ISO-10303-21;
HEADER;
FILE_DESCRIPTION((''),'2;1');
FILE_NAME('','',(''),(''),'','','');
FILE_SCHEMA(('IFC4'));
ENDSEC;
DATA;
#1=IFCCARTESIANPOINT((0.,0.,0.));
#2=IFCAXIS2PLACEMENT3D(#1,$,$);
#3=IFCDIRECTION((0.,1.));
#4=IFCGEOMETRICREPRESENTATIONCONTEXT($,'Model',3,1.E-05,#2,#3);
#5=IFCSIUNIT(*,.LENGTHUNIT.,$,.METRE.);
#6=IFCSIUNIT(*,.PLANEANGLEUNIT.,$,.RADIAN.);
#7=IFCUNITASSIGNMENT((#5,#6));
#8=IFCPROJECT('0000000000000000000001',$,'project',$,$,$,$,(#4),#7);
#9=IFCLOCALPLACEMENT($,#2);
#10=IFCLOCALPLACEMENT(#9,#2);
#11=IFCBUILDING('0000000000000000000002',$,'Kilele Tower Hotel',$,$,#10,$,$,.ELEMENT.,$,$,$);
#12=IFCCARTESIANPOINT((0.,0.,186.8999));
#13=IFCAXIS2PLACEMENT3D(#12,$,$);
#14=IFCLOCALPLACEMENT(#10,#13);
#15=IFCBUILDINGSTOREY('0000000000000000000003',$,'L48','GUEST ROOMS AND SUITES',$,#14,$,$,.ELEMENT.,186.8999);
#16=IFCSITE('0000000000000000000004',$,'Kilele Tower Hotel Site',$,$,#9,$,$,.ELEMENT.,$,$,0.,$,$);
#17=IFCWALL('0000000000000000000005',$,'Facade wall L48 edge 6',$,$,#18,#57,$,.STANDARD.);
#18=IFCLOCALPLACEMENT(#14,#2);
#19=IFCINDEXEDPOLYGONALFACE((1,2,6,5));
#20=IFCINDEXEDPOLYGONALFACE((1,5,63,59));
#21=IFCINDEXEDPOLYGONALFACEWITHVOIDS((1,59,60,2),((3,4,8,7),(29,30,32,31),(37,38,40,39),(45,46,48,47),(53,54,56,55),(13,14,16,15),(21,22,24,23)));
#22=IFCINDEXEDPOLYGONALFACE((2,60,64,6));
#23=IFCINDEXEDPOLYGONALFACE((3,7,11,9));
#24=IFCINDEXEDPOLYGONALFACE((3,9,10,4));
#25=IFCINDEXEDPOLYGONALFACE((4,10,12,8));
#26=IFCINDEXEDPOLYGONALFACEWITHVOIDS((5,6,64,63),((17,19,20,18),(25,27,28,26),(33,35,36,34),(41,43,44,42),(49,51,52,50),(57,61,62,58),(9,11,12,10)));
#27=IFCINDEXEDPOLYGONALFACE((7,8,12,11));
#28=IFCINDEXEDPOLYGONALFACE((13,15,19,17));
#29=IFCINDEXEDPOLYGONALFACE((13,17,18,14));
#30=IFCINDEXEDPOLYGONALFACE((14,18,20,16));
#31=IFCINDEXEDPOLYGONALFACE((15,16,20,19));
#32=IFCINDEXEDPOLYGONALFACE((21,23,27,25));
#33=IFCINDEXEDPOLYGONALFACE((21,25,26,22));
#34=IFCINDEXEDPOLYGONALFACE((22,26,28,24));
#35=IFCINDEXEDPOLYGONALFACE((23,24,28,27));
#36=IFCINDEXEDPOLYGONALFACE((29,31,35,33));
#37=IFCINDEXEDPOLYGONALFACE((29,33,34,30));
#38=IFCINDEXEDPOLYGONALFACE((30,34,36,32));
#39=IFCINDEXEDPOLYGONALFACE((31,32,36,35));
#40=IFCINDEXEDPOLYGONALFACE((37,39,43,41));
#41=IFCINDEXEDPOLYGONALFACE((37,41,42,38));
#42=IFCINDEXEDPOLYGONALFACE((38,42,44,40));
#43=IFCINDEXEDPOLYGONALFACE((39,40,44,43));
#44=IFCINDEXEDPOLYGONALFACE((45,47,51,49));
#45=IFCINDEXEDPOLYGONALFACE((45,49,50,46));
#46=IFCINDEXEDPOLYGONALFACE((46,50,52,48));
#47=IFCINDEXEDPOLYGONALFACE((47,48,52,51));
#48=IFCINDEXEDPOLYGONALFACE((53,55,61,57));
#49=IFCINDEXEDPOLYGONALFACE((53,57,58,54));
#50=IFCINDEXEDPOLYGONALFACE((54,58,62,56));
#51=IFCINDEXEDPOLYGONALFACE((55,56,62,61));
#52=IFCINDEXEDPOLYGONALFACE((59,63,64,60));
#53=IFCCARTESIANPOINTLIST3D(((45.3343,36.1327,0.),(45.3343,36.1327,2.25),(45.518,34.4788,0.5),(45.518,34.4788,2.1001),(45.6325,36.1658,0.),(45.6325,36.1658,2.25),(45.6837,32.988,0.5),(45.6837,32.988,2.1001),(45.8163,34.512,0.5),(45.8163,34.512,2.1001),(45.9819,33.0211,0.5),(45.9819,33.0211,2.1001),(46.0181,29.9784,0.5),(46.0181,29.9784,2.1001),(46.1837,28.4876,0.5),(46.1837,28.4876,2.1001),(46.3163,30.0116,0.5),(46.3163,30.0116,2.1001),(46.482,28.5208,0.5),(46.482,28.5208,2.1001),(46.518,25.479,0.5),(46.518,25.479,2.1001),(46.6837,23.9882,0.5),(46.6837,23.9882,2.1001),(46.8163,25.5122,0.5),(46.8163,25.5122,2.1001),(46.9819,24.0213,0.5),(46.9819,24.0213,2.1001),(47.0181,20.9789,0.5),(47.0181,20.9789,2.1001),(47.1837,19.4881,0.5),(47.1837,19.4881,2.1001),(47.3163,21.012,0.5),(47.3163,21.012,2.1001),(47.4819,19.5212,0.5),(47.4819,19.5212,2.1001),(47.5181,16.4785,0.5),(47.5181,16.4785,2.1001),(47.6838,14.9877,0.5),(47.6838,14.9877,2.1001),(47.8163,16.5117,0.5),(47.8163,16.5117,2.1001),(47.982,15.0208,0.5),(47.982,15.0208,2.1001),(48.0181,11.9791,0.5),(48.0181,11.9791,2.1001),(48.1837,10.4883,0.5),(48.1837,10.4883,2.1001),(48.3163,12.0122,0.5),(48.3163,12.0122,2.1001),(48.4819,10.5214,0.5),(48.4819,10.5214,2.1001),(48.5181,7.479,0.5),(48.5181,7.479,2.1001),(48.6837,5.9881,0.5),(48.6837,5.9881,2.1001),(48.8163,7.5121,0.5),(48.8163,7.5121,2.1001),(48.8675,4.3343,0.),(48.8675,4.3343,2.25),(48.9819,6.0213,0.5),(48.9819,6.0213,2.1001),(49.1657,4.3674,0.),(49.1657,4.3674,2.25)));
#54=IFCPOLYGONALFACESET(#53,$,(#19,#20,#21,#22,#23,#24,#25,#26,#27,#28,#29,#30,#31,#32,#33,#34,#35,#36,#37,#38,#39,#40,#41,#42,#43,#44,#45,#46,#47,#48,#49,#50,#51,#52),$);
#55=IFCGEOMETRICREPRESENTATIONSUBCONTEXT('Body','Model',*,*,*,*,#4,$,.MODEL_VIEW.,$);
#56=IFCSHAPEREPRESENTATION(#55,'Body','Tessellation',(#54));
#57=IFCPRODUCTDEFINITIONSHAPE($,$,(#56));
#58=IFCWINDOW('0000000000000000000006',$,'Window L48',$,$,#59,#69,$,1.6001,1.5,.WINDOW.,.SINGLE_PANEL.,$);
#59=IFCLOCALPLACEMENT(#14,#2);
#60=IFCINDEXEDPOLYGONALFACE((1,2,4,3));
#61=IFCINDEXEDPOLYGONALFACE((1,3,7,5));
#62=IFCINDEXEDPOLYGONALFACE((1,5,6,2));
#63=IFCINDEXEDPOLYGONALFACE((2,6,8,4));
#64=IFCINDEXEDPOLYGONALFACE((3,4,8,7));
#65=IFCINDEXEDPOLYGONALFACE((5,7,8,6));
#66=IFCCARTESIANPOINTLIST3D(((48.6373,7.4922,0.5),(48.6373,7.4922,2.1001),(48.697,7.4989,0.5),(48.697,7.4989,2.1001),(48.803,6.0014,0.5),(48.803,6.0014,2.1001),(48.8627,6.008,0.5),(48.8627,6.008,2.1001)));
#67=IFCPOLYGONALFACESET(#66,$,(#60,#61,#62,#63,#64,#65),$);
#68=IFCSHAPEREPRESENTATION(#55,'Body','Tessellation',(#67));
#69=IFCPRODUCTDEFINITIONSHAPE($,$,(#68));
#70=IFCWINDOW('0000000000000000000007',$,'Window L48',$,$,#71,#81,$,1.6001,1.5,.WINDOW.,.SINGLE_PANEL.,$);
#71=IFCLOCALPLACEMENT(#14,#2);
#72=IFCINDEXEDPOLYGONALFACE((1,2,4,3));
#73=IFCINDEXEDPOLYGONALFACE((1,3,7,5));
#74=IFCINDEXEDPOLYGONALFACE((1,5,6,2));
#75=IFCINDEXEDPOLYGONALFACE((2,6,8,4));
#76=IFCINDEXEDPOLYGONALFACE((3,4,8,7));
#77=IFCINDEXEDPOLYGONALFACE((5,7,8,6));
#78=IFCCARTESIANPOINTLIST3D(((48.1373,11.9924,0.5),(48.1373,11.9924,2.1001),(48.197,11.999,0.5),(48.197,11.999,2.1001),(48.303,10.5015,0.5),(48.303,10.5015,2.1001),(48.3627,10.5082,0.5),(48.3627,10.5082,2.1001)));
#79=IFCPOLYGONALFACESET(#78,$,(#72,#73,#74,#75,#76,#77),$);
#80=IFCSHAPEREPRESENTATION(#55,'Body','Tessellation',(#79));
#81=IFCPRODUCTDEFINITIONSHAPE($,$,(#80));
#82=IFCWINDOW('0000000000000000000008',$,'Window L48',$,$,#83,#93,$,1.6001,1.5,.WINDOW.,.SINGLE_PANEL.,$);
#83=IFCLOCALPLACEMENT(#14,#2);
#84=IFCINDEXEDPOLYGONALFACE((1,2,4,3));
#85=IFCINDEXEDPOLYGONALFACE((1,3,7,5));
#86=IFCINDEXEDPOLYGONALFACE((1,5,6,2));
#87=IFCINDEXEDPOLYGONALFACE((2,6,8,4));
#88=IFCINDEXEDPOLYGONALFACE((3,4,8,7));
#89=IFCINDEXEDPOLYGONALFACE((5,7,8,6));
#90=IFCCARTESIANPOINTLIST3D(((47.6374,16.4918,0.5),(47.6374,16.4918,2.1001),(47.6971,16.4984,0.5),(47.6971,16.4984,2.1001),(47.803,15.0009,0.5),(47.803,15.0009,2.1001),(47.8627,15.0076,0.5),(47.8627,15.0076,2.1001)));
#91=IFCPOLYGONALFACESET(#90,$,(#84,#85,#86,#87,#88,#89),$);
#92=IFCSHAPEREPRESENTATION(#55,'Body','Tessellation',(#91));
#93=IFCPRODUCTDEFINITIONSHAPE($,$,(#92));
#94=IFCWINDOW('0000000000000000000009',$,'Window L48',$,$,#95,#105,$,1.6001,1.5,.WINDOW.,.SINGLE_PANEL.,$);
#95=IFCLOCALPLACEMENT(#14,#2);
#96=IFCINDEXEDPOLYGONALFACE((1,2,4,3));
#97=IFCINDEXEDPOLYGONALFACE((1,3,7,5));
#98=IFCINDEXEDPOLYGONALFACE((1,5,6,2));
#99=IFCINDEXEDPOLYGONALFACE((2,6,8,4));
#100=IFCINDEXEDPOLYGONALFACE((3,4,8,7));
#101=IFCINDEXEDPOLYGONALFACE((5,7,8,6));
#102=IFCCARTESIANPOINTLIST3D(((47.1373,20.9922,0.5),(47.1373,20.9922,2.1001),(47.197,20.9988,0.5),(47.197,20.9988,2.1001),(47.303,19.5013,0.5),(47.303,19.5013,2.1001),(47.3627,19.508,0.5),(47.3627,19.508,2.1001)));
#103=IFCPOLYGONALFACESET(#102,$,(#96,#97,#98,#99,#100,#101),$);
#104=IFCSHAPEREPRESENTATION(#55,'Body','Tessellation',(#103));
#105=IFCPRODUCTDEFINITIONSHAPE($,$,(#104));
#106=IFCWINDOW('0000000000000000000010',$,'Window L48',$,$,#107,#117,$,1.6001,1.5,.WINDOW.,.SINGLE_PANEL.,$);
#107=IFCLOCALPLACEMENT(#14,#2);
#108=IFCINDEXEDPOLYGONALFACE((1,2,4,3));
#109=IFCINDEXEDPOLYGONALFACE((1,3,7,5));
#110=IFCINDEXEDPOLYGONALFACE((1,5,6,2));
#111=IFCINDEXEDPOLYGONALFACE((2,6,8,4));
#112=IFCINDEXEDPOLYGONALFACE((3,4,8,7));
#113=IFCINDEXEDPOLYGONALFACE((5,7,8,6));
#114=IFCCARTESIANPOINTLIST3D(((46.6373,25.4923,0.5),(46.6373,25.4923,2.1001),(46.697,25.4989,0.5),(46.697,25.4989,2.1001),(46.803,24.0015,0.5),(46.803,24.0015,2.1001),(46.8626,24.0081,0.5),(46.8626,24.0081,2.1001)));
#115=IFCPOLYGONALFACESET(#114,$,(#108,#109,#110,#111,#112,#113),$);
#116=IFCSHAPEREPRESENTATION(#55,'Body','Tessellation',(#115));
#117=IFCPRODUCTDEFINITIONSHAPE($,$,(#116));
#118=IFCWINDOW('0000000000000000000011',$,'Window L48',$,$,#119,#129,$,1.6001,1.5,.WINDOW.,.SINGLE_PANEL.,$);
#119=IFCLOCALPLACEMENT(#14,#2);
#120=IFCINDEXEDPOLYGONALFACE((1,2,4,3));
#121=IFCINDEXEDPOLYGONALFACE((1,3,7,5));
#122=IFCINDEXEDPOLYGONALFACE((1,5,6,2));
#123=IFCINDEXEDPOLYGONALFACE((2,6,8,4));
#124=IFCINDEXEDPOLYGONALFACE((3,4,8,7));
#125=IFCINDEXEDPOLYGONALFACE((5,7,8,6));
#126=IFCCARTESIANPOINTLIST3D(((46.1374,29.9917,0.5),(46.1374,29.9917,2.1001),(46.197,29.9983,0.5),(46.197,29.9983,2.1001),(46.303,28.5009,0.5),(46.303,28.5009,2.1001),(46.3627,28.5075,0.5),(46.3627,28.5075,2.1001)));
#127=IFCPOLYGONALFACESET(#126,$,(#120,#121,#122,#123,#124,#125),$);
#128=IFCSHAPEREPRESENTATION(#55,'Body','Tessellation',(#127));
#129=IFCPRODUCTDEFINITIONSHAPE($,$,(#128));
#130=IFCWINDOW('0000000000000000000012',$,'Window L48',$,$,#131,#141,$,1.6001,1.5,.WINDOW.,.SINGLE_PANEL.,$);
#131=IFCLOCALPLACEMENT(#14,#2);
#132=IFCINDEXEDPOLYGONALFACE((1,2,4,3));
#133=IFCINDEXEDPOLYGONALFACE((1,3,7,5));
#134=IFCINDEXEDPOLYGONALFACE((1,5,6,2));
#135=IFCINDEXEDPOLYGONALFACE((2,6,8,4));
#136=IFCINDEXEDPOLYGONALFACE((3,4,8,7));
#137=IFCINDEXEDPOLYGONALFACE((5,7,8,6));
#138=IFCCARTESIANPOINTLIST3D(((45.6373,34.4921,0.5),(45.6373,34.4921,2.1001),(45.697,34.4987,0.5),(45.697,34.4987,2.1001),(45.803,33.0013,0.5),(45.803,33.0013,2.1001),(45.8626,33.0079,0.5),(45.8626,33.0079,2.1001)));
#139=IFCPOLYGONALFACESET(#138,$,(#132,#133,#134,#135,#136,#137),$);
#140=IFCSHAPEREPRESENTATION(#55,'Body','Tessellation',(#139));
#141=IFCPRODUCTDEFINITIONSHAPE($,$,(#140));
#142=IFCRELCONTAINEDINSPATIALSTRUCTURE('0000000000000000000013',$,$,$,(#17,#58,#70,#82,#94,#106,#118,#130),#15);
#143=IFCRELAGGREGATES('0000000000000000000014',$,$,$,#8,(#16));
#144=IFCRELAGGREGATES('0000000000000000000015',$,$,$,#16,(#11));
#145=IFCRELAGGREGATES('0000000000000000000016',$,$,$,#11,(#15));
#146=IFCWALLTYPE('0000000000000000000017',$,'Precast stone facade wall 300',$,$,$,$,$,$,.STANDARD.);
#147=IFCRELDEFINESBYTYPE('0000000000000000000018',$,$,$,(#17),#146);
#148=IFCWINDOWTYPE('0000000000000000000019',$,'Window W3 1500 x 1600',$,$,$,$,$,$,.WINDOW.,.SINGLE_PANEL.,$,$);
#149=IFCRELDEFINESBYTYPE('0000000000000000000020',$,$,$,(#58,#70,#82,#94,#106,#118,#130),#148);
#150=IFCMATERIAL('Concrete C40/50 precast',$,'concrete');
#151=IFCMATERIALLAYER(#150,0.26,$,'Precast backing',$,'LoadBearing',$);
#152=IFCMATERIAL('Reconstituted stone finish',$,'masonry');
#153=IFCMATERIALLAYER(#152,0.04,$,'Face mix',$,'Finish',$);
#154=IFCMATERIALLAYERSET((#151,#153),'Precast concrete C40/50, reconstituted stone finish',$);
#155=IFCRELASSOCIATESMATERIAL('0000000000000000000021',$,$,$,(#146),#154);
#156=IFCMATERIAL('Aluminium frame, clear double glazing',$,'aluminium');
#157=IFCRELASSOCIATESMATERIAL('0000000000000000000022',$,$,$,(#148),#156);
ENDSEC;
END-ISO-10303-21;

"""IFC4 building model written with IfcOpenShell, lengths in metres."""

from ifc_helpers import new_model, si_unit, direction, frame, frame_2d, origin, place, context, subcontext, project, spatial, rectangle, extrude, material, layer, layer_set, type_object, element, fill, save


model = new_model("IFC4")

# Units and contexts
model_context = context("Model", 3, precision=1e-05, world=origin(), true_north=direction((0.0, 1.0)))
body_context = subcontext(model_context, "Body", "Model", "MODEL_VIEW")
ifc_project = project(units=[si_unit("LENGTHUNIT", "METRE"), si_unit("PLANEANGLEUNIT", "RADIAN")], contexts=[model_context])

# Site, building, storey
site_placement = place(None, origin())
site = spatial("IfcSite", under=ifc_project, at=site_placement, Name="Kilele Tower Hotel Site", CompositionType="ELEMENT", RefElevation=0.0)
building_placement = place(site_placement, origin())
building = spatial("IfcBuilding", under=site, at=building_placement, Name="Kilele Tower Hotel", CompositionType="ELEMENT")
storey_placement = place(building_placement, frame((0.0, 0.0, 186.8999)))
storey = spatial("IfcBuildingStorey", under=building, at=storey_placement, Name="L48", Description="GUEST ROOMS AND SUITES", CompositionType="ELEMENT", Elevation=186.8999)

# Shared definitions
ifc_material_1 = material(Name="Concrete C40/50 precast", Category="concrete")
ifc_layer_1 = layer(ifc_material_1, 0.26, Name="Precast backing", Category="LoadBearing")
ifc_material_2 = material(Name="Reconstituted stone finish", Category="masonry")
ifc_layer_2 = layer(ifc_material_2, 0.04, Name="Face mix", Category="Finish")
ifc_layer_set_1 = layer_set([ifc_layer_1, ifc_layer_2], Name="Precast concrete C40/50, reconstituted stone finish")
wall_type_1 = type_object("IfcWallType", Name="Precast stone facade wall 300", PredefinedType="STANDARD", material=ifc_layer_set_1)
ifc_material_3 = material(Name="Aluminium frame, clear double glazing", Category="aluminium")
window_type_1 = type_object("IfcWindowType", Name="Window W3 1500 x 1600", PartitioningType="SINGLE_PANEL", PredefinedType="WINDOW", material=ifc_material_3)

# Wall, openings, windows
wall_1_placement = place(storey_placement, frame((49.0166, 4.3508, 0.0), z_axis=(0.0, 0.0, 1.0), x_axis=(-0.110433, 0.993884, 0.0)))
wall_1 = element("IfcWall", 1, at=wall_1_placement, inside=storey, type_object=wall_type_1, Name="Facade wall L48 edge 6", PredefinedType="STANDARD", context=body_context, shape_type="SweptSolid", body=[
    extrude(rectangle(XDim=31.9941, YDim=0.3, at=frame_2d((15.9971, 0.0))), origin(), (0.0, 0.0, 1.0), 2.25),
])
opening_1_placement = place(wall_1_placement, frame((1.6641, 0.0, 0.5)))
opening_1 = element("IfcOpeningElement", 2, at=opening_1_placement, cuts=wall_1, PredefinedType="OPENING", context=body_context, shape_type="SweptSolid", body=[
    extrude(rectangle(XDim=1.5, YDim=1.6001, at=frame_2d((0.75, 0.8))), frame((0.0, 0.1599, 0.0), z_axis=(0.0, -1.0, 0.0), x_axis=(1.0, 0.0, 0.0)), (0.0, 0.0, 1.0), 0.3201),
])
opening_2_placement = place(wall_1_placement, frame((6.1919, 0.0, 0.5)))
opening_2 = element("IfcOpeningElement", 3, at=opening_2_placement, cuts=wall_1, PredefinedType="OPENING", context=body_context, shape_type="SweptSolid", body=[
    extrude(rectangle(XDim=1.5, YDim=1.6001, at=frame_2d((0.75, 0.8))), frame((0.0, 0.1599, 0.0), z_axis=(0.0, -1.0, 0.0), x_axis=(1.0, 0.0, 0.0)), (0.0, 0.0, 1.0), 0.3201),
])
opening_3_placement = place(wall_1_placement, frame((10.719, 0.0, 0.5)))
opening_3 = element("IfcOpeningElement", 4, at=opening_3_placement, cuts=wall_1, PredefinedType="OPENING", context=body_context, shape_type="SweptSolid", body=[
    extrude(rectangle(XDim=1.5, YDim=1.6001, at=frame_2d((0.75, 0.8))), frame((0.0, 0.1599, 0.0), z_axis=(0.0, -1.0, 0.0), x_axis=(1.0, 0.0, 0.0)), (0.0, 0.0, 1.0), 0.3201),
])
opening_4_placement = place(wall_1_placement, frame((15.2471, 0.0, 0.5)))
opening_4 = element("IfcOpeningElement", 5, at=opening_4_placement, cuts=wall_1, PredefinedType="OPENING", context=body_context, shape_type="SweptSolid", body=[
    extrude(rectangle(XDim=1.5, YDim=1.6001, at=frame_2d((0.75, 0.8))), frame((0.0, 0.1599, 0.0), z_axis=(0.0, -1.0, 0.0), x_axis=(1.0, 0.0, 0.0)), (0.0, 0.0, 1.0), 0.3201),
])
opening_5_placement = place(wall_1_placement, frame((19.7749, 0.0, 0.5)))
opening_5 = element("IfcOpeningElement", 6, at=opening_5_placement, cuts=wall_1, PredefinedType="OPENING", context=body_context, shape_type="SweptSolid", body=[
    extrude(rectangle(XDim=1.5, YDim=1.6001, at=frame_2d((0.75, 0.8))), frame((0.0, 0.1599, 0.0), z_axis=(0.0, -1.0, 0.0), x_axis=(1.0, 0.0, 0.0)), (0.0, 0.0, 1.0), 0.3201),
])
opening_6_placement = place(wall_1_placement, frame((24.302, 0.0, 0.5)))
opening_6 = element("IfcOpeningElement", 7, at=opening_6_placement, cuts=wall_1, PredefinedType="OPENING", context=body_context, shape_type="SweptSolid", body=[
    extrude(rectangle(XDim=1.5, YDim=1.6001, at=frame_2d((0.75, 0.8))), frame((0.0, 0.1599, 0.0), z_axis=(0.0, -1.0, 0.0), x_axis=(1.0, 0.0, 0.0)), (0.0, 0.0, 1.0), 0.3201),
])
opening_7_placement = place(wall_1_placement, frame((28.8301, 0.0, 0.5)))
opening_7 = element("IfcOpeningElement", 8, at=opening_7_placement, cuts=wall_1, PredefinedType="OPENING", context=body_context, shape_type="SweptSolid", body=[
    extrude(rectangle(XDim=1.5, YDim=1.6001, at=frame_2d((0.75, 0.8))), frame((0.0, 0.1599, 0.0), z_axis=(0.0, -1.0, 0.0), x_axis=(1.0, 0.0, 0.0)), (0.0, 0.0, 1.0), 0.3201),
])
window_1_placement = place(opening_1_placement, origin())
window_1 = element("IfcWindow", 9, at=window_1_placement, inside=storey, type_object=window_type_1, Name="Window L48", OverallHeight=1.6001, OverallWidth=1.5, PartitioningType="SINGLE_PANEL", PredefinedType="WINDOW", context=body_context, shape_type="SweptSolid", body=[
    extrude(rectangle(XDim=1.5, YDim=1.6001, at=frame_2d((0.75, 0.8))), frame((0.0, 0.03, 0.0), z_axis=(0.0, -1.0, 0.0), x_axis=(1.0, 0.0, 0.0)), (0.0, 0.0, 1.0), 0.0601),
])
fill(opening_1, window_1)
window_2_placement = place(opening_2_placement, origin())
window_2 = element("IfcWindow", 10, at=window_2_placement, inside=storey, type_object=window_type_1, Name="Window L48", OverallHeight=1.6001, OverallWidth=1.5, PartitioningType="SINGLE_PANEL", PredefinedType="WINDOW", context=body_context, shape_type="SweptSolid", body=[
    extrude(rectangle(XDim=1.5, YDim=1.6001, at=frame_2d((0.75, 0.8))), frame((0.0, 0.03, 0.0), z_axis=(0.0, -1.0, 0.0), x_axis=(1.0, 0.0, 0.0)), (0.0, 0.0, 1.0), 0.0601),
])
fill(opening_2, window_2)
window_3_placement = place(opening_3_placement, origin())
window_3 = element("IfcWindow", 11, at=window_3_placement, inside=storey, type_object=window_type_1, Name="Window L48", OverallHeight=1.6001, OverallWidth=1.5, PartitioningType="SINGLE_PANEL", PredefinedType="WINDOW", context=body_context, shape_type="SweptSolid", body=[
    extrude(rectangle(XDim=1.5, YDim=1.6001, at=frame_2d((0.75, 0.8))), frame((0.0, 0.03, 0.0), z_axis=(0.0, -1.0, 0.0), x_axis=(1.0, 0.0, 0.0)), (0.0, 0.0, 1.0), 0.0601),
])
fill(opening_3, window_3)
window_4_placement = place(opening_4_placement, origin())
window_4 = element("IfcWindow", 12, at=window_4_placement, inside=storey, type_object=window_type_1, Name="Window L48", OverallHeight=1.6001, OverallWidth=1.5, PartitioningType="SINGLE_PANEL", PredefinedType="WINDOW", context=body_context, shape_type="SweptSolid", body=[
    extrude(rectangle(XDim=1.5, YDim=1.6001, at=frame_2d((0.75, 0.8))), frame((0.0, 0.03, 0.0), z_axis=(0.0, -1.0, 0.0), x_axis=(1.0, 0.0, 0.0)), (0.0, 0.0, 1.0), 0.0601),
])
fill(opening_4, window_4)
window_5_placement = place(opening_5_placement, origin())
window_5 = element("IfcWindow", 13, at=window_5_placement, inside=storey, type_object=window_type_1, Name="Window L48", OverallHeight=1.6001, OverallWidth=1.5, PartitioningType="SINGLE_PANEL", PredefinedType="WINDOW", context=body_context, shape_type="SweptSolid", body=[
    extrude(rectangle(XDim=1.5, YDim=1.6001, at=frame_2d((0.75, 0.8))), frame((0.0, 0.03, 0.0), z_axis=(0.0, -1.0, 0.0), x_axis=(1.0, 0.0, 0.0)), (0.0, 0.0, 1.0), 0.0601),
])
fill(opening_5, window_5)
window_6_placement = place(opening_6_placement, origin())
window_6 = element("IfcWindow", 14, at=window_6_placement, inside=storey, type_object=window_type_1, Name="Window L48", OverallHeight=1.6001, OverallWidth=1.5, PartitioningType="SINGLE_PANEL", PredefinedType="WINDOW", context=body_context, shape_type="SweptSolid", body=[
    extrude(rectangle(XDim=1.5, YDim=1.6001, at=frame_2d((0.75, 0.8))), frame((0.0, 0.03, 0.0), z_axis=(0.0, -1.0, 0.0), x_axis=(1.0, 0.0, 0.0)), (0.0, 0.0, 1.0), 0.0601),
])
fill(opening_6, window_6)
window_7_placement = place(opening_7_placement, origin())
window_7 = element("IfcWindow", 15, at=window_7_placement, inside=storey, type_object=window_type_1, Name="Window L48", OverallHeight=1.6001, OverallWidth=1.5, PartitioningType="SINGLE_PANEL", PredefinedType="WINDOW", context=body_context, shape_type="SweptSolid", body=[
    extrude(rectangle(XDim=1.5, YDim=1.6001, at=frame_2d((0.75, 0.8))), frame((0.0, 0.03, 0.0), z_axis=(0.0, -1.0, 0.0), x_axis=(1.0, 0.0, 0.0)), (0.0, 0.0, 1.0), 0.0601),
])
fill(opening_7, window_7)

save(model, "model.ifc")
